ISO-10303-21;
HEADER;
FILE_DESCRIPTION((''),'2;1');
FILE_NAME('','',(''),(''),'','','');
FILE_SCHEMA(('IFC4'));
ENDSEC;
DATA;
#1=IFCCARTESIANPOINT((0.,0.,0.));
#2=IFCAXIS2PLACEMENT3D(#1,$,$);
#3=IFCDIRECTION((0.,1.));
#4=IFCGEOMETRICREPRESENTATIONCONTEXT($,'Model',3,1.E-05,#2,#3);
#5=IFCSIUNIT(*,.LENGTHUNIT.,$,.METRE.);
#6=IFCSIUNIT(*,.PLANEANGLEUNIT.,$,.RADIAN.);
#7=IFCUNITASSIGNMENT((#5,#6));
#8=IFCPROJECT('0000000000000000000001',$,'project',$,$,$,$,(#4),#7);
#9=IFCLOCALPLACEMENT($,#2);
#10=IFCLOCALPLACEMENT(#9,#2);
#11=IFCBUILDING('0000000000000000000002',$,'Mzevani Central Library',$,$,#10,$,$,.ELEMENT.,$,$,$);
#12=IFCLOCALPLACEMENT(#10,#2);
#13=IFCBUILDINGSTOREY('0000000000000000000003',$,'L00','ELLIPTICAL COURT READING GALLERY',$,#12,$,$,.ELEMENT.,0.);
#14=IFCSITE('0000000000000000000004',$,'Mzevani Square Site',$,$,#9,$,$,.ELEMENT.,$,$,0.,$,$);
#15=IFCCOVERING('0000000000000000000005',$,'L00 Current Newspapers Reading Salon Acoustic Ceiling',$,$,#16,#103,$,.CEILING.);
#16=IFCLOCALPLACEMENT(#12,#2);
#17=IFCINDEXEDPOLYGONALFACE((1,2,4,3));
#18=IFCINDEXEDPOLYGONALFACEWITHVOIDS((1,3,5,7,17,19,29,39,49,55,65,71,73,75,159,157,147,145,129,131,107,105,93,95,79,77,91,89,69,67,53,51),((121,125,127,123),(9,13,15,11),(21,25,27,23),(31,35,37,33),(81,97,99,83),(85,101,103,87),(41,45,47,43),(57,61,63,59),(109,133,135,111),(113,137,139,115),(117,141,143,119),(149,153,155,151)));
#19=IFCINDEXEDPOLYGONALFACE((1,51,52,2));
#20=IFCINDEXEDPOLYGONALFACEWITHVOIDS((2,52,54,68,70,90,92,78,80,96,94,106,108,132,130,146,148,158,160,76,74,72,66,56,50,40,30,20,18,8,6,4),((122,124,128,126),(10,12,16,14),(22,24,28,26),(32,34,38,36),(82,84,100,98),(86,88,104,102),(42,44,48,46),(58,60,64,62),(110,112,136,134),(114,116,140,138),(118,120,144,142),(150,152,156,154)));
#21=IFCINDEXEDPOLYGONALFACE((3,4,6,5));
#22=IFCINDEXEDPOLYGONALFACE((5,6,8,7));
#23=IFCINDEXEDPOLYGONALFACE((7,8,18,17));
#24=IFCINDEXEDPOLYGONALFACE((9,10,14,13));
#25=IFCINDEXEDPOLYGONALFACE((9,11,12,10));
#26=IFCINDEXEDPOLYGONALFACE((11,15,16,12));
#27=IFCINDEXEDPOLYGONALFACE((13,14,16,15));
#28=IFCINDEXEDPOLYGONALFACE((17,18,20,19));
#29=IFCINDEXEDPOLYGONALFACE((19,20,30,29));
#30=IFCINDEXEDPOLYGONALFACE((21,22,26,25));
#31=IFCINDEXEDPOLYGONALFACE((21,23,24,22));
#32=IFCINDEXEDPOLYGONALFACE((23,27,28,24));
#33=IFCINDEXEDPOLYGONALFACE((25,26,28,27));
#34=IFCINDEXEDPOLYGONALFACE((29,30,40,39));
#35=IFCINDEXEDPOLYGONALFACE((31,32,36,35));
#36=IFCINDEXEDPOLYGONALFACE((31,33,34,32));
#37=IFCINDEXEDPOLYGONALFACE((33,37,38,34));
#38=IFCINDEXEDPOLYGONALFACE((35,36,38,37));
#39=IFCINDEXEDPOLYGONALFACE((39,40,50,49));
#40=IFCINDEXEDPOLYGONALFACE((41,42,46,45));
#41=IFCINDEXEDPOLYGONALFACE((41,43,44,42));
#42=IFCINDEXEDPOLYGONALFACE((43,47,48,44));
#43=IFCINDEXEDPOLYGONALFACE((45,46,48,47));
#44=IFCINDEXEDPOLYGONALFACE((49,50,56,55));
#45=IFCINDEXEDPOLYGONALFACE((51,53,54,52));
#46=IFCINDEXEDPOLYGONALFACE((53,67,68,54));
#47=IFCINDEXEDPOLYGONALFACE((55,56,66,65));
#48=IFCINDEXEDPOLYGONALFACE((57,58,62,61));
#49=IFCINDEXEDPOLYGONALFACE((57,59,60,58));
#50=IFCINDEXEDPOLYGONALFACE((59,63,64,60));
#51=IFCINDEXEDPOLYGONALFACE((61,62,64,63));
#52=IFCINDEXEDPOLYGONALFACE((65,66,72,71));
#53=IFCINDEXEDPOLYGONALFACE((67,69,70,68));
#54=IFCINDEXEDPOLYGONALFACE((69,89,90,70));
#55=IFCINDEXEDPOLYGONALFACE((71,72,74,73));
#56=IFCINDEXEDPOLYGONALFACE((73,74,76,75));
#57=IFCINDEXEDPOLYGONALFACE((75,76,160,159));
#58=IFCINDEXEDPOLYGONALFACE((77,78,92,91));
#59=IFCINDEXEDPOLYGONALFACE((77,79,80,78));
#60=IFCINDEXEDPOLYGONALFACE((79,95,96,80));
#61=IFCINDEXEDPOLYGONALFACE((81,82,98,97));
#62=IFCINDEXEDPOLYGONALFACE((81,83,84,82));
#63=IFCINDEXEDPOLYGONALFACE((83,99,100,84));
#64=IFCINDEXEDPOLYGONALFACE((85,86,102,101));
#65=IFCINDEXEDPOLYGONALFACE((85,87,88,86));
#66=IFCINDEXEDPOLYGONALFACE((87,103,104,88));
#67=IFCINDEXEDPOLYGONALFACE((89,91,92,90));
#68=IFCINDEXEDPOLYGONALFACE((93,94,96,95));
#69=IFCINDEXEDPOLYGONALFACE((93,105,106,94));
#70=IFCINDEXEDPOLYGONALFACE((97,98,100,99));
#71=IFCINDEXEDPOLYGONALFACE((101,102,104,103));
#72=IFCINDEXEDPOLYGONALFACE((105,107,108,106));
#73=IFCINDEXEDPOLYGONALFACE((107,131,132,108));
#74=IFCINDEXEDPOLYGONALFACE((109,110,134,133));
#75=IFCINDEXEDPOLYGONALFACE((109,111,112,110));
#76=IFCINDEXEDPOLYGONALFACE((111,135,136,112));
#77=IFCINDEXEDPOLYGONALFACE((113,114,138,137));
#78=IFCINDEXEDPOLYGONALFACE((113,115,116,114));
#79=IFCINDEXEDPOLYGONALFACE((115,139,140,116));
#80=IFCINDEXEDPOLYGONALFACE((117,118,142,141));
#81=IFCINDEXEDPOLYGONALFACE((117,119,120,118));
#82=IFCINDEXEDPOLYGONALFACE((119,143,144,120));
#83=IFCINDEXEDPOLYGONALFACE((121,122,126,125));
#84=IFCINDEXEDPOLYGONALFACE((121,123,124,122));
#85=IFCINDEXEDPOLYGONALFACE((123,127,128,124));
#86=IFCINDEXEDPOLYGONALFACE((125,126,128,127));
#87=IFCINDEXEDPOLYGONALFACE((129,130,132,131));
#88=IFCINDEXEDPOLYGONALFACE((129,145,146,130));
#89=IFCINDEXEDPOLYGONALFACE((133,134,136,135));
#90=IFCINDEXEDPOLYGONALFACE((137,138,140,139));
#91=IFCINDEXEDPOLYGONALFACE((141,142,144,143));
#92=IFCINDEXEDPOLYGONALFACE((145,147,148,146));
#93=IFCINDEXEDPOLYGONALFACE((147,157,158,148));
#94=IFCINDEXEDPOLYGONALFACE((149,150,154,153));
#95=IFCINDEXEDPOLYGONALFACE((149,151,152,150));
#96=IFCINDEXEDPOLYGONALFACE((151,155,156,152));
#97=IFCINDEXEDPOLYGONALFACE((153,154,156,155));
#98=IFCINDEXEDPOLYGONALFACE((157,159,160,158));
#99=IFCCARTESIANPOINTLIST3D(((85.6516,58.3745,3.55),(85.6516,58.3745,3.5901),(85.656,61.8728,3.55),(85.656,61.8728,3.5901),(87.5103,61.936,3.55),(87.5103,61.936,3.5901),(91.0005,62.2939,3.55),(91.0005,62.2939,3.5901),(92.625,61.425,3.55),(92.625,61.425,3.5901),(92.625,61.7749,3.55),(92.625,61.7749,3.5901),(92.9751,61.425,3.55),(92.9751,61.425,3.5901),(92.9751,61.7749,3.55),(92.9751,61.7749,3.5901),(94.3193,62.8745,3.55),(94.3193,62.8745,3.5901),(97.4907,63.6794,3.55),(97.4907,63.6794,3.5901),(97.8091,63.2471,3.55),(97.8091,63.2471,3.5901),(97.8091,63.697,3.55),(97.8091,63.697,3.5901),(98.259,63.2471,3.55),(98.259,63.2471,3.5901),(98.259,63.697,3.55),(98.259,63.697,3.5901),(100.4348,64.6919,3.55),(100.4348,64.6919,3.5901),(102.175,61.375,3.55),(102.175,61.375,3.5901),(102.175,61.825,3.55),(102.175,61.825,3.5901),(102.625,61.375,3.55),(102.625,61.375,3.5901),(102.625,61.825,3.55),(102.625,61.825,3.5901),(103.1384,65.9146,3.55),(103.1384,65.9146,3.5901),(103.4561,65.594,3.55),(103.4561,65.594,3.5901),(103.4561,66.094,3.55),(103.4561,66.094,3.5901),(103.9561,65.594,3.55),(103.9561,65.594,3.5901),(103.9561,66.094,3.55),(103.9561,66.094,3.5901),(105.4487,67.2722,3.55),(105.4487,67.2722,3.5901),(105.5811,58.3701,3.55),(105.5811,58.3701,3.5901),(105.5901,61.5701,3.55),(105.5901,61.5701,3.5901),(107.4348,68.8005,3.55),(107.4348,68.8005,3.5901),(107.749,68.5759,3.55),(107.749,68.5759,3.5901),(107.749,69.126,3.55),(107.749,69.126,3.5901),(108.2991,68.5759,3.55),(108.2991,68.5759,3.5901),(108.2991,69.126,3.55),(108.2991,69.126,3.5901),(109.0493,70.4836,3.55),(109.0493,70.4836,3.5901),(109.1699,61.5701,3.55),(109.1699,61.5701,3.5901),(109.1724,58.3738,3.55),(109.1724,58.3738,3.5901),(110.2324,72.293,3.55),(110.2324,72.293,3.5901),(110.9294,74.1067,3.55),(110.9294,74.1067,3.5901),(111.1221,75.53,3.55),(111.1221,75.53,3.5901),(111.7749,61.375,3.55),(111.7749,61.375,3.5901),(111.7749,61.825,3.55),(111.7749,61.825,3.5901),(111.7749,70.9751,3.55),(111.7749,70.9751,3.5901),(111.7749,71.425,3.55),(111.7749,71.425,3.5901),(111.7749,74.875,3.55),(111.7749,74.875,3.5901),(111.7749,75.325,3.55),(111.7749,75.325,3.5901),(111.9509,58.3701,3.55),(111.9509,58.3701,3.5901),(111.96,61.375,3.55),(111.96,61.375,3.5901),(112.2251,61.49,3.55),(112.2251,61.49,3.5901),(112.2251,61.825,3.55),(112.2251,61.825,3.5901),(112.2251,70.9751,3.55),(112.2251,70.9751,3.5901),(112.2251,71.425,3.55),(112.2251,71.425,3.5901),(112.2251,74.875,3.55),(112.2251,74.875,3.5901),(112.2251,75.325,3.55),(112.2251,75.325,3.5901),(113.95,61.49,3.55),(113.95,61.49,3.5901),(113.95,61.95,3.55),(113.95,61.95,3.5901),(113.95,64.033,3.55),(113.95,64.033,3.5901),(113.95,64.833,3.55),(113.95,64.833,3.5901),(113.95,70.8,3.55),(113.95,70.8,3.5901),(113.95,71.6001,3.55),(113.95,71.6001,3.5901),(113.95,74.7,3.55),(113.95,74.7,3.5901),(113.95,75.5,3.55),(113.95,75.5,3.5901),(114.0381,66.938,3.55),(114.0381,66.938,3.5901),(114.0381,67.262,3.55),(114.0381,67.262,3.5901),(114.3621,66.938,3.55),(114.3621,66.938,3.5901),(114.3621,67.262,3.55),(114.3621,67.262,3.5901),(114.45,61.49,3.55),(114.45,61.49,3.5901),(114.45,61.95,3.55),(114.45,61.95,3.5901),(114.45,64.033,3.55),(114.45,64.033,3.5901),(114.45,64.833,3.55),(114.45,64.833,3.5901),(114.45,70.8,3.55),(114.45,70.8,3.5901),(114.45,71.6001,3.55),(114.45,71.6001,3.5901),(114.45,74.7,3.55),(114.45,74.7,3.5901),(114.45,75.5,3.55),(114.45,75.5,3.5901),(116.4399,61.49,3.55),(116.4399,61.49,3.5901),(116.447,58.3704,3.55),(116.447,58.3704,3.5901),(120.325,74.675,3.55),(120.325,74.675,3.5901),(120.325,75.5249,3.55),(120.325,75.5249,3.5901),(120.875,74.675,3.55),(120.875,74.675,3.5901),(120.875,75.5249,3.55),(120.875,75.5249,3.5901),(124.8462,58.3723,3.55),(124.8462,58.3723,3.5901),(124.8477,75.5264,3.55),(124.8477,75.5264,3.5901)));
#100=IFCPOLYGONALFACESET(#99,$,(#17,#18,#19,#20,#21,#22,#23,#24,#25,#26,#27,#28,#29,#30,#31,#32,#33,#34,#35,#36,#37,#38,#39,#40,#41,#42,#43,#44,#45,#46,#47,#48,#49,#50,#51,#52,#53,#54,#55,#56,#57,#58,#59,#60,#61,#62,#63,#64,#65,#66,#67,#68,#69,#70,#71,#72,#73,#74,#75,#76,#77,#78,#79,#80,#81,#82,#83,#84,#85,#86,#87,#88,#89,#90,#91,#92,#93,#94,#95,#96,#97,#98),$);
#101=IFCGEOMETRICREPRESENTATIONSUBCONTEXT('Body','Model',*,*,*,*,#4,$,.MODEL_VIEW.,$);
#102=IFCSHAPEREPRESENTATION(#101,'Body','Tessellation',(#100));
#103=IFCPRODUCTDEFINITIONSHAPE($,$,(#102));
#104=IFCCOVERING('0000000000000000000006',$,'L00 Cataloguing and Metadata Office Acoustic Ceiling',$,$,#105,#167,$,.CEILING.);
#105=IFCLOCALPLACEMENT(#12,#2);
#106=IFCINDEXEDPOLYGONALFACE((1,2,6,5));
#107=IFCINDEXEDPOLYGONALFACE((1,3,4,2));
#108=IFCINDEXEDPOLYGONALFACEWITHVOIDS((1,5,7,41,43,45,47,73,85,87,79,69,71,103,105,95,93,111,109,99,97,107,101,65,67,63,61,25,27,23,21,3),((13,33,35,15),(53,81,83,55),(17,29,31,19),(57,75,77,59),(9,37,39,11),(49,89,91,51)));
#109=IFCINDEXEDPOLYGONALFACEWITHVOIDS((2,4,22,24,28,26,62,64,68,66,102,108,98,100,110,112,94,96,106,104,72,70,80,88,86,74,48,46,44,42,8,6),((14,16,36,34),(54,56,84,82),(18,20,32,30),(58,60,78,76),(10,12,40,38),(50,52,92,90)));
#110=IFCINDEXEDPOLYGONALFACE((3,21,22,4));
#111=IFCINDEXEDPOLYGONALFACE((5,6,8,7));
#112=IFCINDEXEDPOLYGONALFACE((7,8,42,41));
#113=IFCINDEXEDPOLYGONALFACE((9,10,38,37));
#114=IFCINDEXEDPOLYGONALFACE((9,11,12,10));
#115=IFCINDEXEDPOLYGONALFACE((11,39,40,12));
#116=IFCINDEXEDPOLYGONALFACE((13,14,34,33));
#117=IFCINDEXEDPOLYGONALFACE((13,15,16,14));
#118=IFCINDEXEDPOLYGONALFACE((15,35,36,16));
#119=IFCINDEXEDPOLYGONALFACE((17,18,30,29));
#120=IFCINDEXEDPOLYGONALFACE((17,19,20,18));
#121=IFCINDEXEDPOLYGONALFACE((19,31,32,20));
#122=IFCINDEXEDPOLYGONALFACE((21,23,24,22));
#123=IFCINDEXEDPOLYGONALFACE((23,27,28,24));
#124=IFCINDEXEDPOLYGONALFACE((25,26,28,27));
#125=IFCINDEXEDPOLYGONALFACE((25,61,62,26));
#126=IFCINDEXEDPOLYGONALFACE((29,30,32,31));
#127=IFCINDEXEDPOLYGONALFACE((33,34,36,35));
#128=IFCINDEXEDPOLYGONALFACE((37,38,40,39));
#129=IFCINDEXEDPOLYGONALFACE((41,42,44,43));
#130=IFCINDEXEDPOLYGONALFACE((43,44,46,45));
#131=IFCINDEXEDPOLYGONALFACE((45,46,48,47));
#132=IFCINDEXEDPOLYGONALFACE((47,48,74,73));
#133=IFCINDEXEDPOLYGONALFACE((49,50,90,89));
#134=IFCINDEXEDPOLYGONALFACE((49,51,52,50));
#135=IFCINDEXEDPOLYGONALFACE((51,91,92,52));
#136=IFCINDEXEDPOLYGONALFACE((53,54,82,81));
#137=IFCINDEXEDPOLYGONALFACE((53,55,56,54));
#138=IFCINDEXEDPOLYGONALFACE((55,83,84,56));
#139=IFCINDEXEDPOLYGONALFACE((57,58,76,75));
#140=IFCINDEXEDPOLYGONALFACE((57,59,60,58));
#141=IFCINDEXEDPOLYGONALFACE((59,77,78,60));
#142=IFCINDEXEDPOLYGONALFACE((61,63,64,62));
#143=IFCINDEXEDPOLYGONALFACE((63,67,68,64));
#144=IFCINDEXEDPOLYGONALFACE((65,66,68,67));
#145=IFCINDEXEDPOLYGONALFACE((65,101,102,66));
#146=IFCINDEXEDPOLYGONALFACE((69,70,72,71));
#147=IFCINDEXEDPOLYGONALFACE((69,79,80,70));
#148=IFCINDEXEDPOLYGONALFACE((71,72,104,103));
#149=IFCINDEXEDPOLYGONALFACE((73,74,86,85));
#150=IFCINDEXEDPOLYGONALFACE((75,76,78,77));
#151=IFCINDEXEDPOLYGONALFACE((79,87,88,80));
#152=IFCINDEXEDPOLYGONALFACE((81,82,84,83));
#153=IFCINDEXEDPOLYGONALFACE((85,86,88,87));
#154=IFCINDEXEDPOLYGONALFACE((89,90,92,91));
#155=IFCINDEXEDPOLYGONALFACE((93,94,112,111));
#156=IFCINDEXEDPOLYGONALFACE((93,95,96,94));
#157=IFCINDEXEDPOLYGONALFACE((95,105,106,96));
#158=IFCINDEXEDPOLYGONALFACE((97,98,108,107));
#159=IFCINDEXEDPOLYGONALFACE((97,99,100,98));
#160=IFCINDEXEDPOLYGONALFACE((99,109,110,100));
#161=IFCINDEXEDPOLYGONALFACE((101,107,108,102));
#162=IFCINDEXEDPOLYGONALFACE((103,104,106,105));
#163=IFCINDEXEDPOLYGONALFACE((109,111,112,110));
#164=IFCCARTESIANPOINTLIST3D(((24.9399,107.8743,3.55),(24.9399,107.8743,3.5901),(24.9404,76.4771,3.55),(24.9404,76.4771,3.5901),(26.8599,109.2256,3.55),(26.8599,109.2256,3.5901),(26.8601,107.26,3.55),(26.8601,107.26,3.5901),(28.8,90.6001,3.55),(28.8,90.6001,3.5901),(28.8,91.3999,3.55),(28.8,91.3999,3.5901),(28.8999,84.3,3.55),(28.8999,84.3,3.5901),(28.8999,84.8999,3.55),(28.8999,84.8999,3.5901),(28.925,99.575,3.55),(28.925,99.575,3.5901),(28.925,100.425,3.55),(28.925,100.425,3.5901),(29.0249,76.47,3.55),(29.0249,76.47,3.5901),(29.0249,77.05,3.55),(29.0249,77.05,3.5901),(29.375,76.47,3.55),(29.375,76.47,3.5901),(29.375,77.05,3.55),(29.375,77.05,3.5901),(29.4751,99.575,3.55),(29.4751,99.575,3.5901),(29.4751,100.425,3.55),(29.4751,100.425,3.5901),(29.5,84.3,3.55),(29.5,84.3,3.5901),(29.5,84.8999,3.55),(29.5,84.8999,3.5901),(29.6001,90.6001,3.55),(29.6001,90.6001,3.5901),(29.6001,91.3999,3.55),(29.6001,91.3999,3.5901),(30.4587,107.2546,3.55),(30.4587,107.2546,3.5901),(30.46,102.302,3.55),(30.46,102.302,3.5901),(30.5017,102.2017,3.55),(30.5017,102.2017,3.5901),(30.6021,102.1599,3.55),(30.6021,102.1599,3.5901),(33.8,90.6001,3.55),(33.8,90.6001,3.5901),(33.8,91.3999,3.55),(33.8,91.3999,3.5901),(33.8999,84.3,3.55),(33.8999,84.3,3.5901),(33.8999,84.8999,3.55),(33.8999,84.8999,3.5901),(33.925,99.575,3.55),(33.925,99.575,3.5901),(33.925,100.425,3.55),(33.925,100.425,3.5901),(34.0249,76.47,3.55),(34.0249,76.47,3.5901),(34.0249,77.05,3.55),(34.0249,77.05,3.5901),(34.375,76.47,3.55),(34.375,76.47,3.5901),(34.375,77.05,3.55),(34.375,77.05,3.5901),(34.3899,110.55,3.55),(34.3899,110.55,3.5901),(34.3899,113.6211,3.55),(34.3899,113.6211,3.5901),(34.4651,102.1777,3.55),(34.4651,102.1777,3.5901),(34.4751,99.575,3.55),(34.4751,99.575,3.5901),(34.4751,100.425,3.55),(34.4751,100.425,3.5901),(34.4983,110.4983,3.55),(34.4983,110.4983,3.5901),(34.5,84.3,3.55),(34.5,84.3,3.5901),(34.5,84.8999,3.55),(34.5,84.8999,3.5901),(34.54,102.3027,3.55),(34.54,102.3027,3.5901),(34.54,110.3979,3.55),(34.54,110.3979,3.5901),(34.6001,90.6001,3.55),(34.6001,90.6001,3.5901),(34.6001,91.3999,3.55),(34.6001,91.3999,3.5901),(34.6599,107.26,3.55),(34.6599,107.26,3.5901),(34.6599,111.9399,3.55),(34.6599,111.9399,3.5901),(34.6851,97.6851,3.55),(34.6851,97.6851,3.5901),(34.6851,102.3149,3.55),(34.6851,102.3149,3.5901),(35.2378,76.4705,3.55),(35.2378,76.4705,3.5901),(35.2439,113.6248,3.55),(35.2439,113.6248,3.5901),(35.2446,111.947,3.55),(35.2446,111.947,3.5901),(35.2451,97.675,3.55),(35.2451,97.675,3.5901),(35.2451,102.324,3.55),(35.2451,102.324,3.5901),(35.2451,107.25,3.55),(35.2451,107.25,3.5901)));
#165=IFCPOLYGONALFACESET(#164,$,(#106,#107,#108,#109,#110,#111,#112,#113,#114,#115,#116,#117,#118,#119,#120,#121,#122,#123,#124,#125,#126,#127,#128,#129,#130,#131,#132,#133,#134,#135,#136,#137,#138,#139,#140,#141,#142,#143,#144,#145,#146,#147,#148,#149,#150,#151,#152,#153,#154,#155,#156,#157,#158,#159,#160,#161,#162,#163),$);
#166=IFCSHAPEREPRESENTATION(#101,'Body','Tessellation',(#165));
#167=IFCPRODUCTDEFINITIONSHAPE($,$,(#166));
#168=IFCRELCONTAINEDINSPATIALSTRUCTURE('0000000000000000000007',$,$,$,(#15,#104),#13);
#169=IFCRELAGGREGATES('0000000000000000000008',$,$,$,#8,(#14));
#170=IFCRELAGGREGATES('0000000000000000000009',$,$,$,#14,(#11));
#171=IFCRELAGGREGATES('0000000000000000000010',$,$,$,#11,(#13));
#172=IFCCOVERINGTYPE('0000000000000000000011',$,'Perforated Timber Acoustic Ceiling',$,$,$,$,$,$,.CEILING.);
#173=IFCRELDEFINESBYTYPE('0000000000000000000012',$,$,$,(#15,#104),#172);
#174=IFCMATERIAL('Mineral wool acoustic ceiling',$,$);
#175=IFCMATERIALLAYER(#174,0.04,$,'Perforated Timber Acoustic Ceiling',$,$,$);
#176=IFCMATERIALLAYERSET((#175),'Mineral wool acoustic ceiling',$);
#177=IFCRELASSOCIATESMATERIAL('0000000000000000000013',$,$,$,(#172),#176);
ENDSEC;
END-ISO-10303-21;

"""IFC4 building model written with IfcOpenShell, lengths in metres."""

from ifc_helpers import new_model, si_unit, direction, frame, origin, place, context, subcontext, project, spatial, polyline, outline, extrude, material, layer, layer_set, type_object, element, save


model = new_model("IFC4")

# Units and contexts
model_context = context("Model", 3, precision=1e-05, world=origin(), true_north=direction((0.0, 1.0)))
body_context = subcontext(model_context, "Body", "Model", "MODEL_VIEW")
ifc_project = project(units=[si_unit("LENGTHUNIT", "METRE"), si_unit("PLANEANGLEUNIT", "RADIAN")], contexts=[model_context])

# Site, building, storey
site_placement = place(None, origin())
site = spatial("IfcSite", under=ifc_project, at=site_placement, Name="Mzevani Square Site", CompositionType="ELEMENT", RefElevation=0.0)
building_placement = place(site_placement, origin())
building = spatial("IfcBuilding", under=site, at=building_placement, Name="Mzevani Central Library", CompositionType="ELEMENT")
storey_placement = place(building_placement, origin())
storey = spatial("IfcBuildingStorey", under=building, at=storey_placement, Name="L00", Description="ELLIPTICAL COURT READING GALLERY", CompositionType="ELEMENT", Elevation=0.0)

# Coverings
ifc_material_1 = material(Name="Mineral wool acoustic ceiling")
ifc_layer_1 = layer(ifc_material_1, 0.04, Name="Perforated Timber Acoustic Ceiling")
ifc_layer_set_1 = layer_set([ifc_layer_1], Name="Mineral wool acoustic ceiling")
covering_type_1 = type_object("IfcCoveringType", Name="Perforated Timber Acoustic Ceiling", PredefinedType="CEILING", material=ifc_layer_set_1)
covering_1_placement = place(storey_placement, frame((0.0, 0.0, 3.55)))
element("IfcCovering", 1, at=covering_1_placement, inside=storey, type_object=covering_type_1, Name="L00 Current Newspapers Reading Salon Acoustic Ceiling", PredefinedType="CEILING", context=body_context, shape_type="SweptSolid", body=[
    extrude(outline(polyline([(111.1221, 75.53), (124.8477, 75.5264), (124.8462, 58.3723), (116.447, 58.3704), (116.4399, 61.49), (114.45, 61.49), (114.45, 61.95), (113.95, 61.95), (113.95, 61.49), (112.2251, 61.49), (112.2251, 61.825), (111.7749, 61.825), (111.7749, 61.375), (111.96, 61.375), (111.9509, 58.3701), (109.1724, 58.3738), (109.1699, 61.5701), (105.5901, 61.5701), (105.5811, 58.3701), (85.6516, 58.3745), (85.656, 61.8728), (87.5103, 61.936), (91.0005, 62.2939), (94.3193, 62.8745), (97.4907, 63.6794), (100.4348, 64.6919), (103.1384, 65.9146), (105.4487, 67.2722), (107.4348, 68.8005), (109.0493, 70.4836), (110.2324, 72.293), (110.9294, 74.1067), (111.1221, 75.53)]), holes=[polyline([(92.625, 61.7749), (92.625, 61.425), (92.9751, 61.425), (92.9751, 61.7749), (92.625, 61.7749)]), polyline([(102.625, 61.825), (102.175, 61.825), (102.175, 61.375), (102.625, 61.375), (102.625, 61.825)]), polyline([(111.7749, 70.9751), (112.2251, 70.9751), (112.2251, 71.425), (111.7749, 71.425), (111.7749, 70.9751)]), polyline([(111.7749, 75.325), (111.7749, 74.875), (112.2251, 74.875), (112.2251, 75.325), (111.7749, 75.325)]), polyline([(114.45, 70.8), (114.45, 71.6001), (113.95, 71.6001), (113.95, 70.8), (114.45, 70.8)]), polyline([(113.95, 74.7), (114.45, 74.7), (114.45, 75.5), (113.95, 75.5), (113.95, 74.7)]), polyline([(120.325, 75.5249), (120.325, 74.675), (120.875, 74.675), (120.875, 75.5249), (120.325, 75.5249)]), polyline([(114.45, 64.833), (113.95, 64.833), (113.95, 64.033), (114.45, 64.033), (114.45, 64.833)]), polyline([(98.259, 63.2471), (98.259, 63.697), (97.8091, 63.697), (97.8091, 63.2471), (98.259, 63.2471)]), polyline([(103.4561, 65.594), (103.9561, 65.594), (103.9561, 66.094), (103.4561, 66.094), (103.4561, 65.594)]), polyline([(107.749, 69.126), (107.749, 68.5759), (108.2991, 68.5759), (108.2991, 69.126), (107.749, 69.126)]), polyline([(114.3621, 67.262), (114.0381, 67.262), (114.0381, 66.938), (114.3621, 66.938), (114.3621, 67.262)])]), origin(), (0.0, 0.0, 1.0), 0.04),
])
covering_2_placement = place(storey_placement, frame((0.0, 0.0, 3.55)))
element("IfcCovering", 2, at=covering_2_placement, inside=storey, type_object=covering_type_1, Name="L00 Cataloguing and Metadata Office Acoustic Ceiling", PredefinedType="CEILING", context=body_context, shape_type="SweptSolid", body=[
    extrude(outline(polyline([(26.8599, 109.2256), (26.8601, 107.26), (30.4587, 107.2546), (30.46, 102.302), (30.5017, 102.2017), (30.6021, 102.1599), (34.4651, 102.1777), (34.54, 102.3027), (34.54, 110.3979), (34.4983, 110.4983), (34.3899, 110.55), (34.3899, 113.6211), (35.2439, 113.6248), (35.2446, 111.947), (34.6599, 111.9399), (34.6599, 107.26), (35.2451, 107.25), (35.2451, 102.324), (34.6851, 102.3149), (34.6851, 97.6851), (35.2451, 97.675), (35.2378, 76.4705), (34.375, 76.47), (34.375, 77.05), (34.0249, 77.05), (34.0249, 76.47), (29.375, 76.47), (29.375, 77.05), (29.0249, 77.05), (29.0249, 76.47), (24.9404, 76.4771), (24.9399, 107.8743), (26.8599, 109.2256)]), holes=[polyline([(28.8999, 84.3), (29.5, 84.3), (29.5, 84.8999), (28.8999, 84.8999), (28.8999, 84.3)]), polyline([(28.8, 91.3999), (28.8, 90.6001), (29.6001, 90.6001), (29.6001, 91.3999), (28.8, 91.3999)]), polyline([(29.4751, 100.425), (28.925, 100.425), (28.925, 99.575), (29.4751, 99.575), (29.4751, 100.425)]), polyline([(33.8999, 84.3), (34.5, 84.3), (34.5, 84.8999), (33.8999, 84.8999), (33.8999, 84.3)]), polyline([(33.8, 91.3999), (33.8, 90.6001), (34.6001, 90.6001), (34.6001, 91.3999), (33.8, 91.3999)]), polyline([(34.4751, 100.425), (33.925, 100.425), (33.925, 99.575), (34.4751, 99.575), (34.4751, 100.425)])]), origin(), (0.0, 0.0, 1.0), 0.04),
])

save(model, "model.ifc")
